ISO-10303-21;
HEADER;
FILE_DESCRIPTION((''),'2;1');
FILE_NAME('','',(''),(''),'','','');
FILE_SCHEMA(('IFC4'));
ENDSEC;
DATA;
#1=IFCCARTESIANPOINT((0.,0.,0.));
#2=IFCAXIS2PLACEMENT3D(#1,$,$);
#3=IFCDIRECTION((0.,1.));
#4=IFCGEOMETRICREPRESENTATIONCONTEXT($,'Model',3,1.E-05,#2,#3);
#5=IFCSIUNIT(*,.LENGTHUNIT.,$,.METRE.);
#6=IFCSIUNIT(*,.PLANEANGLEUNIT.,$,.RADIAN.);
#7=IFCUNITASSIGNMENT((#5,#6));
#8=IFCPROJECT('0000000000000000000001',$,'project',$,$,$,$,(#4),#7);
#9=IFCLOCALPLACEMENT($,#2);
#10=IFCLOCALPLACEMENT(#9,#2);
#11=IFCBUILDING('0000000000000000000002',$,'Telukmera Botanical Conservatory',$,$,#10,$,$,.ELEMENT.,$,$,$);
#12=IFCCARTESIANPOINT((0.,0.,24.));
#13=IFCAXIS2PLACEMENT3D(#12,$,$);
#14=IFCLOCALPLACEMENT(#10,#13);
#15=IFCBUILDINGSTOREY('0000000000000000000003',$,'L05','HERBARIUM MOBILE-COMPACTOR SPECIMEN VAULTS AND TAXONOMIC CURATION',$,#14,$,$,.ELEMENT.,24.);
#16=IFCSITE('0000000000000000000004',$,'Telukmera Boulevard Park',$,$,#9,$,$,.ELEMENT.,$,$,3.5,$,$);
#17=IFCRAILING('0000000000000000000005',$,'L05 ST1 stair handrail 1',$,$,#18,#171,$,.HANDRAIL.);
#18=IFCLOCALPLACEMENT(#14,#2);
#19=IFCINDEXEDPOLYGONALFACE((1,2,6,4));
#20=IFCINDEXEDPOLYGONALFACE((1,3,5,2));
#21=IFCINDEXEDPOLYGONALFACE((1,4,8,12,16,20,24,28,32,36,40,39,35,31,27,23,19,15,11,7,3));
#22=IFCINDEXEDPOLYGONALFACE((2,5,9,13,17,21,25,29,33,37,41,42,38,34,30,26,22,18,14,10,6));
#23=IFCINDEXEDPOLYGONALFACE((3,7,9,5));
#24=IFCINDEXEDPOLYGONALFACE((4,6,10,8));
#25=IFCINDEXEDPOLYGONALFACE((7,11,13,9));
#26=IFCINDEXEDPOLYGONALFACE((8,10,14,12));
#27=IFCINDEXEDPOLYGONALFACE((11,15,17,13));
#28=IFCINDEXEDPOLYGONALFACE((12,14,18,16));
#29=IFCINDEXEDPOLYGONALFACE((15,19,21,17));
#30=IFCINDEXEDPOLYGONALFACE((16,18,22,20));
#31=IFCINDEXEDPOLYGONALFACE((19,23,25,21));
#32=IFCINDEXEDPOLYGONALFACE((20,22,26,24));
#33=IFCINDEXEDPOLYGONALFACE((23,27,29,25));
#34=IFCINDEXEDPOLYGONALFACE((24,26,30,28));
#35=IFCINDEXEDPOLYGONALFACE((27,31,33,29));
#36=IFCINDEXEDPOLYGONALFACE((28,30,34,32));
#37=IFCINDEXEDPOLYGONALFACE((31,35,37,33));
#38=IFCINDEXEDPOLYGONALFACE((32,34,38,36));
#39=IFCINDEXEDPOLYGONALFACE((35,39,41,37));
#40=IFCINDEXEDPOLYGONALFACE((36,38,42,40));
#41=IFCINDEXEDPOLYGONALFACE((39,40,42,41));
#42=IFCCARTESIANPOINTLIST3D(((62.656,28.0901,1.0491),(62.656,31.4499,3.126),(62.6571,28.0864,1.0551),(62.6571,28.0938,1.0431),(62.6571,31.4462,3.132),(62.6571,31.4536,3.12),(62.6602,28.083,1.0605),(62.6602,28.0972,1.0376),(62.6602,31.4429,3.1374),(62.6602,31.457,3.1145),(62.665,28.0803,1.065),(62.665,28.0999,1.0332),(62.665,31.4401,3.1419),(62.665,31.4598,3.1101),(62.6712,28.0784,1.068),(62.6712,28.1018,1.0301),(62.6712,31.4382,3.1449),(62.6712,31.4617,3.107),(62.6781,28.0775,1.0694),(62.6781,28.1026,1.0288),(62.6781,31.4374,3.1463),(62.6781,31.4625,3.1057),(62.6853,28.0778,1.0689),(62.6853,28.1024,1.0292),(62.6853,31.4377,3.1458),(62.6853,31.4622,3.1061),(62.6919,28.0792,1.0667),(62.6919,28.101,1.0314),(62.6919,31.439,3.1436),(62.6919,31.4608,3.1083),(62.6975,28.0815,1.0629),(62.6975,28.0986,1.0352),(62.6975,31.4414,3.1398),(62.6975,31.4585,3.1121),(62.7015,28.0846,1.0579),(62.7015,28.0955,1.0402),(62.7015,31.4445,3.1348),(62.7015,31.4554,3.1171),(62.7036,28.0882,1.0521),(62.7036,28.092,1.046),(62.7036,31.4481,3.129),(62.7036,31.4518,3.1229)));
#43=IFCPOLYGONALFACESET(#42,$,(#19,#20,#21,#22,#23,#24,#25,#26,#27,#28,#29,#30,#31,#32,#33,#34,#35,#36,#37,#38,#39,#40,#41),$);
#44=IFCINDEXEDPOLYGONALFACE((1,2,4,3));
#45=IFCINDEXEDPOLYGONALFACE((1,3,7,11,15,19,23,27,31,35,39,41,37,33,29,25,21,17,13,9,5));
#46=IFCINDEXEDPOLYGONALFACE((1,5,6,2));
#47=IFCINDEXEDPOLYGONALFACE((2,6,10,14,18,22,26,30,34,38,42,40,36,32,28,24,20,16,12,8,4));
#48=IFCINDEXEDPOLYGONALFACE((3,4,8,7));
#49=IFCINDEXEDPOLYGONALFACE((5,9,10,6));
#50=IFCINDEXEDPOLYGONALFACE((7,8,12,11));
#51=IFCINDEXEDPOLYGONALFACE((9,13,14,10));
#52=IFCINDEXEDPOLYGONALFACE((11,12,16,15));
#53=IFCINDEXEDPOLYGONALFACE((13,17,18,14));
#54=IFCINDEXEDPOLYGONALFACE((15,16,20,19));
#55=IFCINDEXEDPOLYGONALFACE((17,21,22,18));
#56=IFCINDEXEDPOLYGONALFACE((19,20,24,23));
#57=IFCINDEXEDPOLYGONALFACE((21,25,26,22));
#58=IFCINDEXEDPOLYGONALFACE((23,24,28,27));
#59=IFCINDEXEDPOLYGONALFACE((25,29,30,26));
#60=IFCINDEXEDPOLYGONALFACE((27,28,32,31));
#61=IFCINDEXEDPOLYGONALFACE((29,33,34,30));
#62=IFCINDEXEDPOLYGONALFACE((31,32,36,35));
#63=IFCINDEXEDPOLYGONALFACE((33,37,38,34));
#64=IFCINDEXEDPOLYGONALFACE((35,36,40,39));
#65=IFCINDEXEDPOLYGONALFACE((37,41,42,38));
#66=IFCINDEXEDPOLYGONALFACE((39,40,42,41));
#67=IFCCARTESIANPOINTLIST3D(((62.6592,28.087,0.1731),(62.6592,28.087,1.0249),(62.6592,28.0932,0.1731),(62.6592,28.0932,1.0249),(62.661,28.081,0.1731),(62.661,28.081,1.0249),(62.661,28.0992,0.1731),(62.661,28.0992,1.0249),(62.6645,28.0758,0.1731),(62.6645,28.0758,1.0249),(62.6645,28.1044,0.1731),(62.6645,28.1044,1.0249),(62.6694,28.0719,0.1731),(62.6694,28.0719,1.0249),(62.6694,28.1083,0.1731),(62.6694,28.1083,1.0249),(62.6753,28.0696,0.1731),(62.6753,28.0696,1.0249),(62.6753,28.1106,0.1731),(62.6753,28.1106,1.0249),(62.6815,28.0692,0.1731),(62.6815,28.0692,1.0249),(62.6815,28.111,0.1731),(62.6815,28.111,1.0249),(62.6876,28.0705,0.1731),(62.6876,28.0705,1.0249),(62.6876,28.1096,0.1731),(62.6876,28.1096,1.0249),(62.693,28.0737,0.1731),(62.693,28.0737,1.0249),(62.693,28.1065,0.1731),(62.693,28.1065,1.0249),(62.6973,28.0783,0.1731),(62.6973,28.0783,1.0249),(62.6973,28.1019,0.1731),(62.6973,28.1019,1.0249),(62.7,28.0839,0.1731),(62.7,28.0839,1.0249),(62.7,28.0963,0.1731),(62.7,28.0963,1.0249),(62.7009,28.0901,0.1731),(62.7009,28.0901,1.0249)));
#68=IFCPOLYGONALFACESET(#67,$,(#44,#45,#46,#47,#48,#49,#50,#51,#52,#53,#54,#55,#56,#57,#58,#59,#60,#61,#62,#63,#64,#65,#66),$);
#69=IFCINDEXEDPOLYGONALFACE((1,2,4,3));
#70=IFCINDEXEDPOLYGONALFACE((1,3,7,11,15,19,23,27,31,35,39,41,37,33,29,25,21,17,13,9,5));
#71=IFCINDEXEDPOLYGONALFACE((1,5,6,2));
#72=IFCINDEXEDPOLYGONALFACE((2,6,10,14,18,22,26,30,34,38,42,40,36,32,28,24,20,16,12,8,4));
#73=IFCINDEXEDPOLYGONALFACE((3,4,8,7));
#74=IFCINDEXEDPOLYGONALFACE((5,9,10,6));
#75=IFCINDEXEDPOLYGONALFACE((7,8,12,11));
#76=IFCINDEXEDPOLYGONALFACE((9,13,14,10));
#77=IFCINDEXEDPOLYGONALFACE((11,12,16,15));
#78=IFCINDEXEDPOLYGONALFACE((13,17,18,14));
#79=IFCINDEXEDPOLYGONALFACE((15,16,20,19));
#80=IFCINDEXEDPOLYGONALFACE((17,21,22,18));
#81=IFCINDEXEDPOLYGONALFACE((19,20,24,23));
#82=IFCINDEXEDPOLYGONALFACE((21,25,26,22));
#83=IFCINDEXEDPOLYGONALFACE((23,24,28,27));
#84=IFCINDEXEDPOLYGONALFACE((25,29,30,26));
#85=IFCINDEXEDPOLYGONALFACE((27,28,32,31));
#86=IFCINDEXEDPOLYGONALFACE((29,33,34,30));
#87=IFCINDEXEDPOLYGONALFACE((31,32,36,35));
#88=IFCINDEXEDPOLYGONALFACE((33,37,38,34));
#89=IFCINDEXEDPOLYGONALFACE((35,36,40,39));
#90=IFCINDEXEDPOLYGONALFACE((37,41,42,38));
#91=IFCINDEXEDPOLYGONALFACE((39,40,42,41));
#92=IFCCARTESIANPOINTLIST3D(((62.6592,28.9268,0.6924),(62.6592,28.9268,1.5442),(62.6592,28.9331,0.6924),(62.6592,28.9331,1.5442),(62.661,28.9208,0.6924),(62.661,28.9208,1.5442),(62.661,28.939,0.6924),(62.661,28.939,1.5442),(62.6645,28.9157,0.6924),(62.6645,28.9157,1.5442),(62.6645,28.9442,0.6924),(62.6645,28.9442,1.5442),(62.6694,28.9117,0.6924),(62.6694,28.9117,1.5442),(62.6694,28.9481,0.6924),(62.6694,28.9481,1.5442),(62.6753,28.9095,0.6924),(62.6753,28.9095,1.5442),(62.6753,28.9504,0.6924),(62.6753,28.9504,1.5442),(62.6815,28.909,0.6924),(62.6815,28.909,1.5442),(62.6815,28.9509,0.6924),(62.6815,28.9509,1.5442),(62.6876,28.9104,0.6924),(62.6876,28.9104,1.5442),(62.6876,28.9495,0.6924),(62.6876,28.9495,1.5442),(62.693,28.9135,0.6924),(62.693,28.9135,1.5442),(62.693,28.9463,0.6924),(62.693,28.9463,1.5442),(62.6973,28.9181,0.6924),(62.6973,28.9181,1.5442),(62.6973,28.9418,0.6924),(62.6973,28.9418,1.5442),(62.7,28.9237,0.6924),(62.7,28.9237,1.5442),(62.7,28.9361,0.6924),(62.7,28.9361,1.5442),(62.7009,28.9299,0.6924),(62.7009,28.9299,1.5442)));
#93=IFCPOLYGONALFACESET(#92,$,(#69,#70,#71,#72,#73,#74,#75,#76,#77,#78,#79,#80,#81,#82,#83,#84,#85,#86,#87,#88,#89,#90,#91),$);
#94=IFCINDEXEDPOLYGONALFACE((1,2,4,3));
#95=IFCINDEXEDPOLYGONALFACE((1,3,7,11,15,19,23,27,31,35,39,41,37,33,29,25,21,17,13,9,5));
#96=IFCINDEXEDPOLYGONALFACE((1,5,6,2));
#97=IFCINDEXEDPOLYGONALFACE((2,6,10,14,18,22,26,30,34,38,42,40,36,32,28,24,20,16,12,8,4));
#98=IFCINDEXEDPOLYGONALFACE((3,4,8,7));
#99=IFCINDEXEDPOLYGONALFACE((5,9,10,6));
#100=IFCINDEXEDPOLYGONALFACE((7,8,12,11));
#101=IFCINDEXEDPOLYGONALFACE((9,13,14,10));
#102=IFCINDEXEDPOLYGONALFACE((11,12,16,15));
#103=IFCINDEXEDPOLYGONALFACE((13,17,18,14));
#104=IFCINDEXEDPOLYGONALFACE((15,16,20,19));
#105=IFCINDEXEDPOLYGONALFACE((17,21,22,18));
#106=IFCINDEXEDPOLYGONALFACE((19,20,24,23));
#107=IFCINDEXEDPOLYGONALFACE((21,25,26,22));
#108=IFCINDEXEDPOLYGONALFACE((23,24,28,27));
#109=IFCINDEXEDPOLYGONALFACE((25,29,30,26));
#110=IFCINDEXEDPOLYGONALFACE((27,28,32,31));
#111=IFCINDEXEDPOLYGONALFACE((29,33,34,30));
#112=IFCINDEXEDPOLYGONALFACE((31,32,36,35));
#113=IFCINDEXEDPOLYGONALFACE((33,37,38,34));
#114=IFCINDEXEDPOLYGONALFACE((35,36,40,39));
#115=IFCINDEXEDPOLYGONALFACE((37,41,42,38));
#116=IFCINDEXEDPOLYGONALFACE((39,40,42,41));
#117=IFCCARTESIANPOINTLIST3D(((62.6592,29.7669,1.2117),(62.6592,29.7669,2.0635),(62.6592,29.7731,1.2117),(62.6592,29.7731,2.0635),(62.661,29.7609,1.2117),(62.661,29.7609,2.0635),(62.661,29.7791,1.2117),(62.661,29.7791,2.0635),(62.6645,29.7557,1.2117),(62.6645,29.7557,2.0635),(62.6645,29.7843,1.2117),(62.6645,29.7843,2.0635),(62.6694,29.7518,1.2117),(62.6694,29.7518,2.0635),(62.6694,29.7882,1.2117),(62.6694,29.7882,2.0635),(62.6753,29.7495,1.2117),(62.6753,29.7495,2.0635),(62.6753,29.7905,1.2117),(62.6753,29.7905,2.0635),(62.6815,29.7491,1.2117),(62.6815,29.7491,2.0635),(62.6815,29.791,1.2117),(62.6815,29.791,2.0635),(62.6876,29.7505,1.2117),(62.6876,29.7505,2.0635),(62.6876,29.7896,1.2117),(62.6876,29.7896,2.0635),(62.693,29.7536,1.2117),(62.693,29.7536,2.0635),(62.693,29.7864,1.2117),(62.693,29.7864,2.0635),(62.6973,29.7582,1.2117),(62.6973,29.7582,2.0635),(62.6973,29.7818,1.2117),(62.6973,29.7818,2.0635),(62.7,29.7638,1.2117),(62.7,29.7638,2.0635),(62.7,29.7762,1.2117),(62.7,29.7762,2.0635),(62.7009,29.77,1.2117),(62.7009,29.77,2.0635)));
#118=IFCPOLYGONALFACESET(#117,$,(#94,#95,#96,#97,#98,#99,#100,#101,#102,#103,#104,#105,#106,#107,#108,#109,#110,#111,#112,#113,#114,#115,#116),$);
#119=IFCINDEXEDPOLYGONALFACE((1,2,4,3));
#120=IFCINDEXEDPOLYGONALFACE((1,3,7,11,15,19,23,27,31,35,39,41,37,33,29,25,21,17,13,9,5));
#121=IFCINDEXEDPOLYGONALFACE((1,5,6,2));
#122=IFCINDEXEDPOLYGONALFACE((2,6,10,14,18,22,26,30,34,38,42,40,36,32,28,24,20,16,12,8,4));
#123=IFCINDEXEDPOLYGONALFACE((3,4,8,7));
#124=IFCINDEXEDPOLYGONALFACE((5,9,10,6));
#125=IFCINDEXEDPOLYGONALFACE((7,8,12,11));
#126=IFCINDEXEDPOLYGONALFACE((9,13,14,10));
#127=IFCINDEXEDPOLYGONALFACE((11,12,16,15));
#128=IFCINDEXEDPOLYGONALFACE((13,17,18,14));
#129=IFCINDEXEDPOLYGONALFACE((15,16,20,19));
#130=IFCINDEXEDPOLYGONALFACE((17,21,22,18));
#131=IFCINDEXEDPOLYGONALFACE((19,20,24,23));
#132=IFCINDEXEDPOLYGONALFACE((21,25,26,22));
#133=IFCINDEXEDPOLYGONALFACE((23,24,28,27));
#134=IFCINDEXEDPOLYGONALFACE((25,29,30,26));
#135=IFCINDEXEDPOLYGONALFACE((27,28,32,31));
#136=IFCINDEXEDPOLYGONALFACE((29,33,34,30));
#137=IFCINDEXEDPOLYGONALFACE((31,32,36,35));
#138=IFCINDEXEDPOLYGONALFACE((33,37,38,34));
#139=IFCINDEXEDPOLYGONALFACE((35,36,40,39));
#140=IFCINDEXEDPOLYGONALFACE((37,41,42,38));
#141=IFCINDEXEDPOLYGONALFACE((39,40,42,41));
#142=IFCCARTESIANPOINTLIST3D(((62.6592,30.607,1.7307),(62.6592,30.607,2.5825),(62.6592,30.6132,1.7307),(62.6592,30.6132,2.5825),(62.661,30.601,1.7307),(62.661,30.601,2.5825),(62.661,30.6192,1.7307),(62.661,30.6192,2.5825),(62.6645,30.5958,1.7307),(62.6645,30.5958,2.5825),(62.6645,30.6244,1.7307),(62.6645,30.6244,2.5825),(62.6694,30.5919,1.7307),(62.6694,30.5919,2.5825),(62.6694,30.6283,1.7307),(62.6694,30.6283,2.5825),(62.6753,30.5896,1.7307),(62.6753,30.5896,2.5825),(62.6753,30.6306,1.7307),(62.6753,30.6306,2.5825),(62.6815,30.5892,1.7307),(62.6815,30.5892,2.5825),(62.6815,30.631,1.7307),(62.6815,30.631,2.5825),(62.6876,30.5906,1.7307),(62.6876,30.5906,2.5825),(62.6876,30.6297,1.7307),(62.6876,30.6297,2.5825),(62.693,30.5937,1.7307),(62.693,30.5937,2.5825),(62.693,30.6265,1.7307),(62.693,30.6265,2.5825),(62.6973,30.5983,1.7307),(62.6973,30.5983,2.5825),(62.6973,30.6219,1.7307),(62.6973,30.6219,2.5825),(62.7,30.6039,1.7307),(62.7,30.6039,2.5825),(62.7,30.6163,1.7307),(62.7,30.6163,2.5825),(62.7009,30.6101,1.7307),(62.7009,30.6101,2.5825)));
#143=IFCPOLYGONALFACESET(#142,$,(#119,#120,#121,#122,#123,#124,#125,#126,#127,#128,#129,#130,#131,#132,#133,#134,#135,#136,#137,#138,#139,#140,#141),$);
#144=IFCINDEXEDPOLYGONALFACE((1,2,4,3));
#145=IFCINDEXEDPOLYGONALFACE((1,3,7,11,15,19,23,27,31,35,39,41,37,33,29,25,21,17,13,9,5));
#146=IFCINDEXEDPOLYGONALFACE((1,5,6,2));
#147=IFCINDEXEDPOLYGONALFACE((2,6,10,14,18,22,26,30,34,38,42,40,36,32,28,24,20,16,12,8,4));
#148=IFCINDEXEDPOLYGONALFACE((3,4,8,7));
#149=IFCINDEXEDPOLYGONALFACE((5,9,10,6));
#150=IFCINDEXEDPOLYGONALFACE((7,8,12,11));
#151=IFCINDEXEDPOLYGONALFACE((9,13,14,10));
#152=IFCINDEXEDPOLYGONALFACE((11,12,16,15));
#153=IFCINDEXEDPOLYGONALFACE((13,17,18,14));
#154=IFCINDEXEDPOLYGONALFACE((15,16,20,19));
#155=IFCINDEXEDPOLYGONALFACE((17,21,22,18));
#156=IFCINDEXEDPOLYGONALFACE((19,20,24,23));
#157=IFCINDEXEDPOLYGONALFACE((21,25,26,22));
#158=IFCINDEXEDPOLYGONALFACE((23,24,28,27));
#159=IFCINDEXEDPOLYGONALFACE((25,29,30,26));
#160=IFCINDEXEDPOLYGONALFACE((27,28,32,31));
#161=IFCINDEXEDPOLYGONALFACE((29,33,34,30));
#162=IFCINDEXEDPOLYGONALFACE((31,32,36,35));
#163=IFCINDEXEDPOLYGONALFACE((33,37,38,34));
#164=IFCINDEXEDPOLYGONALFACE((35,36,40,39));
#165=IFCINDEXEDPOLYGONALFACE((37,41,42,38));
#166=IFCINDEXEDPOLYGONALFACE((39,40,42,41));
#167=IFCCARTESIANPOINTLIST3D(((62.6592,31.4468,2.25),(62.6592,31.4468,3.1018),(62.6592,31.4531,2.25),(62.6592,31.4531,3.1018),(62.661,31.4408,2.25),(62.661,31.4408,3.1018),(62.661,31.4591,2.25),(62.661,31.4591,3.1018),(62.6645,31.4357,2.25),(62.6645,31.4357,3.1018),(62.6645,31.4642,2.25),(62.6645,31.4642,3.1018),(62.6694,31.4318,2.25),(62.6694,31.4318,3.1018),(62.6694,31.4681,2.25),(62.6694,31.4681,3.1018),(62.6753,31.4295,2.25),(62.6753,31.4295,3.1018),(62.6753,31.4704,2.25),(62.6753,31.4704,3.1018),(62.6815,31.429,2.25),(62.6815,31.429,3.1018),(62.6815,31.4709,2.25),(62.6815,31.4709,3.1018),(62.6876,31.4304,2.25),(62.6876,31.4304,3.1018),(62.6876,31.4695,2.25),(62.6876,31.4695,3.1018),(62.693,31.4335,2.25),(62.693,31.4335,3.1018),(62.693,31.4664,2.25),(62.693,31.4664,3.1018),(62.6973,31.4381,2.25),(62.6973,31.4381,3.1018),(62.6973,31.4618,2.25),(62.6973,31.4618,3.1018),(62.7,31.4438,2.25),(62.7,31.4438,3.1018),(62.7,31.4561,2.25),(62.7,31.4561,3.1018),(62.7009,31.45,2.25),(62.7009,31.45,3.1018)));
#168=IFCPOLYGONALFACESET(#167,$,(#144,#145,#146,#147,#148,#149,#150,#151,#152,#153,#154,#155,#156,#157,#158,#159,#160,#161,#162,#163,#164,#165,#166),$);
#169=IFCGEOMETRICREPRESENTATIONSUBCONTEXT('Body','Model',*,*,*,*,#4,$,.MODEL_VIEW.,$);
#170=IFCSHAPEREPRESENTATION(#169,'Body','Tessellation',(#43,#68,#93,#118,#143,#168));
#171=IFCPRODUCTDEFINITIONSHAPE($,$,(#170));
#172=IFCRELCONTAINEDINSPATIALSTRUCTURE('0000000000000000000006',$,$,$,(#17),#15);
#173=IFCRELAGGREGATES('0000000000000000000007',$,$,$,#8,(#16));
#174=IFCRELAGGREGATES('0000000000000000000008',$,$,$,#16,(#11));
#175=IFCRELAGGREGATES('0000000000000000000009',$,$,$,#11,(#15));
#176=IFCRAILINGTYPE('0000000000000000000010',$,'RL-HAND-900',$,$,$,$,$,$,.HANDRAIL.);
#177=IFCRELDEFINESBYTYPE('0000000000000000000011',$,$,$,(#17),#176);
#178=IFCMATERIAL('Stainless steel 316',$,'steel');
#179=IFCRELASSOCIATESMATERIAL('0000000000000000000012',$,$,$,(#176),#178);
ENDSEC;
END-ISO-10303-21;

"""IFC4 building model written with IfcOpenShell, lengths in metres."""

from ifc_helpers import new_model, si_unit, direction, frame, origin, origin_2d, place, context, subcontext, project, spatial, circle, extrude, material, type_object, element, save


model = new_model("IFC4")

# Units and contexts
model_context = context("Model", 3, precision=1e-05, world=origin(), true_north=direction((0.0, 1.0)))
body_context = subcontext(model_context, "Body", "Model", "MODEL_VIEW")
ifc_project = project(units=[si_unit("LENGTHUNIT", "METRE"), si_unit("PLANEANGLEUNIT", "RADIAN")], contexts=[model_context])

# Site, building, storey
site_placement = place(None, origin())
site = spatial("IfcSite", under=ifc_project, at=site_placement, Name="Telukmera Boulevard Park", CompositionType="ELEMENT", RefElevation=3.5)
building_placement = place(site_placement, origin())
building = spatial("IfcBuilding", under=site, at=building_placement, Name="Telukmera Botanical Conservatory", CompositionType="ELEMENT")
storey_placement = place(building_placement, frame((0.0, 0.0, 24.0)))
storey = spatial("IfcBuildingStorey", under=building, at=storey_placement, Name="L05", Description="HERBARIUM MOBILE-COMPACTOR SPECIMEN VAULTS AND TAXONOMIC CURATION", CompositionType="ELEMENT", Elevation=24.0)

# Railing
ifc_material_1 = material(Name="Stainless steel 316", Category="steel")
railing_type_1 = type_object("IfcRailingType", Name="RL-HAND-900", PredefinedType="HANDRAIL", material=ifc_material_1)
railing_1_placement = place(storey_placement, frame((62.6799, 28.0901, 0.1731)))
element("IfcRailing", 1, at=railing_1_placement, inside=storey, type_object=railing_type_1, Name="L05 ST1 stair handrail 1", PredefinedType="HANDRAIL", context=body_context, shape_type="SweptSolid", body=[
    extrude(circle(Radius=0.0239, at=origin_2d()), frame((0.0, 0.0, 0.876), z_axis=(0.0, 0.850606, 0.525803), x_axis=(-1.0, 0.0, 0.0)), (0.0, 0.0, 1.0), 3.95),
    extrude(circle(Radius=0.021, at=origin_2d()), origin(), (0.0, 0.0, 1.0), 0.8518),
    extrude(circle(Radius=0.021, at=origin_2d()), frame((0.0, 0.8398, 0.5193)), (0.0, 0.0, 1.0), 0.8518),
    extrude(circle(Radius=0.021, at=origin_2d()), frame((0.0, 1.6799, 1.0386)), (0.0, 0.0, 1.0), 0.8518),
    extrude(circle(Radius=0.021, at=origin_2d()), frame((0.0, 2.52, 1.5576)), (0.0, 0.0, 1.0), 0.8518),
    extrude(circle(Radius=0.021, at=origin_2d()), frame((0.0, 3.3599, 2.0769)), (0.0, 0.0, 1.0), 0.8518),
])

save(model, "model.ifc")
